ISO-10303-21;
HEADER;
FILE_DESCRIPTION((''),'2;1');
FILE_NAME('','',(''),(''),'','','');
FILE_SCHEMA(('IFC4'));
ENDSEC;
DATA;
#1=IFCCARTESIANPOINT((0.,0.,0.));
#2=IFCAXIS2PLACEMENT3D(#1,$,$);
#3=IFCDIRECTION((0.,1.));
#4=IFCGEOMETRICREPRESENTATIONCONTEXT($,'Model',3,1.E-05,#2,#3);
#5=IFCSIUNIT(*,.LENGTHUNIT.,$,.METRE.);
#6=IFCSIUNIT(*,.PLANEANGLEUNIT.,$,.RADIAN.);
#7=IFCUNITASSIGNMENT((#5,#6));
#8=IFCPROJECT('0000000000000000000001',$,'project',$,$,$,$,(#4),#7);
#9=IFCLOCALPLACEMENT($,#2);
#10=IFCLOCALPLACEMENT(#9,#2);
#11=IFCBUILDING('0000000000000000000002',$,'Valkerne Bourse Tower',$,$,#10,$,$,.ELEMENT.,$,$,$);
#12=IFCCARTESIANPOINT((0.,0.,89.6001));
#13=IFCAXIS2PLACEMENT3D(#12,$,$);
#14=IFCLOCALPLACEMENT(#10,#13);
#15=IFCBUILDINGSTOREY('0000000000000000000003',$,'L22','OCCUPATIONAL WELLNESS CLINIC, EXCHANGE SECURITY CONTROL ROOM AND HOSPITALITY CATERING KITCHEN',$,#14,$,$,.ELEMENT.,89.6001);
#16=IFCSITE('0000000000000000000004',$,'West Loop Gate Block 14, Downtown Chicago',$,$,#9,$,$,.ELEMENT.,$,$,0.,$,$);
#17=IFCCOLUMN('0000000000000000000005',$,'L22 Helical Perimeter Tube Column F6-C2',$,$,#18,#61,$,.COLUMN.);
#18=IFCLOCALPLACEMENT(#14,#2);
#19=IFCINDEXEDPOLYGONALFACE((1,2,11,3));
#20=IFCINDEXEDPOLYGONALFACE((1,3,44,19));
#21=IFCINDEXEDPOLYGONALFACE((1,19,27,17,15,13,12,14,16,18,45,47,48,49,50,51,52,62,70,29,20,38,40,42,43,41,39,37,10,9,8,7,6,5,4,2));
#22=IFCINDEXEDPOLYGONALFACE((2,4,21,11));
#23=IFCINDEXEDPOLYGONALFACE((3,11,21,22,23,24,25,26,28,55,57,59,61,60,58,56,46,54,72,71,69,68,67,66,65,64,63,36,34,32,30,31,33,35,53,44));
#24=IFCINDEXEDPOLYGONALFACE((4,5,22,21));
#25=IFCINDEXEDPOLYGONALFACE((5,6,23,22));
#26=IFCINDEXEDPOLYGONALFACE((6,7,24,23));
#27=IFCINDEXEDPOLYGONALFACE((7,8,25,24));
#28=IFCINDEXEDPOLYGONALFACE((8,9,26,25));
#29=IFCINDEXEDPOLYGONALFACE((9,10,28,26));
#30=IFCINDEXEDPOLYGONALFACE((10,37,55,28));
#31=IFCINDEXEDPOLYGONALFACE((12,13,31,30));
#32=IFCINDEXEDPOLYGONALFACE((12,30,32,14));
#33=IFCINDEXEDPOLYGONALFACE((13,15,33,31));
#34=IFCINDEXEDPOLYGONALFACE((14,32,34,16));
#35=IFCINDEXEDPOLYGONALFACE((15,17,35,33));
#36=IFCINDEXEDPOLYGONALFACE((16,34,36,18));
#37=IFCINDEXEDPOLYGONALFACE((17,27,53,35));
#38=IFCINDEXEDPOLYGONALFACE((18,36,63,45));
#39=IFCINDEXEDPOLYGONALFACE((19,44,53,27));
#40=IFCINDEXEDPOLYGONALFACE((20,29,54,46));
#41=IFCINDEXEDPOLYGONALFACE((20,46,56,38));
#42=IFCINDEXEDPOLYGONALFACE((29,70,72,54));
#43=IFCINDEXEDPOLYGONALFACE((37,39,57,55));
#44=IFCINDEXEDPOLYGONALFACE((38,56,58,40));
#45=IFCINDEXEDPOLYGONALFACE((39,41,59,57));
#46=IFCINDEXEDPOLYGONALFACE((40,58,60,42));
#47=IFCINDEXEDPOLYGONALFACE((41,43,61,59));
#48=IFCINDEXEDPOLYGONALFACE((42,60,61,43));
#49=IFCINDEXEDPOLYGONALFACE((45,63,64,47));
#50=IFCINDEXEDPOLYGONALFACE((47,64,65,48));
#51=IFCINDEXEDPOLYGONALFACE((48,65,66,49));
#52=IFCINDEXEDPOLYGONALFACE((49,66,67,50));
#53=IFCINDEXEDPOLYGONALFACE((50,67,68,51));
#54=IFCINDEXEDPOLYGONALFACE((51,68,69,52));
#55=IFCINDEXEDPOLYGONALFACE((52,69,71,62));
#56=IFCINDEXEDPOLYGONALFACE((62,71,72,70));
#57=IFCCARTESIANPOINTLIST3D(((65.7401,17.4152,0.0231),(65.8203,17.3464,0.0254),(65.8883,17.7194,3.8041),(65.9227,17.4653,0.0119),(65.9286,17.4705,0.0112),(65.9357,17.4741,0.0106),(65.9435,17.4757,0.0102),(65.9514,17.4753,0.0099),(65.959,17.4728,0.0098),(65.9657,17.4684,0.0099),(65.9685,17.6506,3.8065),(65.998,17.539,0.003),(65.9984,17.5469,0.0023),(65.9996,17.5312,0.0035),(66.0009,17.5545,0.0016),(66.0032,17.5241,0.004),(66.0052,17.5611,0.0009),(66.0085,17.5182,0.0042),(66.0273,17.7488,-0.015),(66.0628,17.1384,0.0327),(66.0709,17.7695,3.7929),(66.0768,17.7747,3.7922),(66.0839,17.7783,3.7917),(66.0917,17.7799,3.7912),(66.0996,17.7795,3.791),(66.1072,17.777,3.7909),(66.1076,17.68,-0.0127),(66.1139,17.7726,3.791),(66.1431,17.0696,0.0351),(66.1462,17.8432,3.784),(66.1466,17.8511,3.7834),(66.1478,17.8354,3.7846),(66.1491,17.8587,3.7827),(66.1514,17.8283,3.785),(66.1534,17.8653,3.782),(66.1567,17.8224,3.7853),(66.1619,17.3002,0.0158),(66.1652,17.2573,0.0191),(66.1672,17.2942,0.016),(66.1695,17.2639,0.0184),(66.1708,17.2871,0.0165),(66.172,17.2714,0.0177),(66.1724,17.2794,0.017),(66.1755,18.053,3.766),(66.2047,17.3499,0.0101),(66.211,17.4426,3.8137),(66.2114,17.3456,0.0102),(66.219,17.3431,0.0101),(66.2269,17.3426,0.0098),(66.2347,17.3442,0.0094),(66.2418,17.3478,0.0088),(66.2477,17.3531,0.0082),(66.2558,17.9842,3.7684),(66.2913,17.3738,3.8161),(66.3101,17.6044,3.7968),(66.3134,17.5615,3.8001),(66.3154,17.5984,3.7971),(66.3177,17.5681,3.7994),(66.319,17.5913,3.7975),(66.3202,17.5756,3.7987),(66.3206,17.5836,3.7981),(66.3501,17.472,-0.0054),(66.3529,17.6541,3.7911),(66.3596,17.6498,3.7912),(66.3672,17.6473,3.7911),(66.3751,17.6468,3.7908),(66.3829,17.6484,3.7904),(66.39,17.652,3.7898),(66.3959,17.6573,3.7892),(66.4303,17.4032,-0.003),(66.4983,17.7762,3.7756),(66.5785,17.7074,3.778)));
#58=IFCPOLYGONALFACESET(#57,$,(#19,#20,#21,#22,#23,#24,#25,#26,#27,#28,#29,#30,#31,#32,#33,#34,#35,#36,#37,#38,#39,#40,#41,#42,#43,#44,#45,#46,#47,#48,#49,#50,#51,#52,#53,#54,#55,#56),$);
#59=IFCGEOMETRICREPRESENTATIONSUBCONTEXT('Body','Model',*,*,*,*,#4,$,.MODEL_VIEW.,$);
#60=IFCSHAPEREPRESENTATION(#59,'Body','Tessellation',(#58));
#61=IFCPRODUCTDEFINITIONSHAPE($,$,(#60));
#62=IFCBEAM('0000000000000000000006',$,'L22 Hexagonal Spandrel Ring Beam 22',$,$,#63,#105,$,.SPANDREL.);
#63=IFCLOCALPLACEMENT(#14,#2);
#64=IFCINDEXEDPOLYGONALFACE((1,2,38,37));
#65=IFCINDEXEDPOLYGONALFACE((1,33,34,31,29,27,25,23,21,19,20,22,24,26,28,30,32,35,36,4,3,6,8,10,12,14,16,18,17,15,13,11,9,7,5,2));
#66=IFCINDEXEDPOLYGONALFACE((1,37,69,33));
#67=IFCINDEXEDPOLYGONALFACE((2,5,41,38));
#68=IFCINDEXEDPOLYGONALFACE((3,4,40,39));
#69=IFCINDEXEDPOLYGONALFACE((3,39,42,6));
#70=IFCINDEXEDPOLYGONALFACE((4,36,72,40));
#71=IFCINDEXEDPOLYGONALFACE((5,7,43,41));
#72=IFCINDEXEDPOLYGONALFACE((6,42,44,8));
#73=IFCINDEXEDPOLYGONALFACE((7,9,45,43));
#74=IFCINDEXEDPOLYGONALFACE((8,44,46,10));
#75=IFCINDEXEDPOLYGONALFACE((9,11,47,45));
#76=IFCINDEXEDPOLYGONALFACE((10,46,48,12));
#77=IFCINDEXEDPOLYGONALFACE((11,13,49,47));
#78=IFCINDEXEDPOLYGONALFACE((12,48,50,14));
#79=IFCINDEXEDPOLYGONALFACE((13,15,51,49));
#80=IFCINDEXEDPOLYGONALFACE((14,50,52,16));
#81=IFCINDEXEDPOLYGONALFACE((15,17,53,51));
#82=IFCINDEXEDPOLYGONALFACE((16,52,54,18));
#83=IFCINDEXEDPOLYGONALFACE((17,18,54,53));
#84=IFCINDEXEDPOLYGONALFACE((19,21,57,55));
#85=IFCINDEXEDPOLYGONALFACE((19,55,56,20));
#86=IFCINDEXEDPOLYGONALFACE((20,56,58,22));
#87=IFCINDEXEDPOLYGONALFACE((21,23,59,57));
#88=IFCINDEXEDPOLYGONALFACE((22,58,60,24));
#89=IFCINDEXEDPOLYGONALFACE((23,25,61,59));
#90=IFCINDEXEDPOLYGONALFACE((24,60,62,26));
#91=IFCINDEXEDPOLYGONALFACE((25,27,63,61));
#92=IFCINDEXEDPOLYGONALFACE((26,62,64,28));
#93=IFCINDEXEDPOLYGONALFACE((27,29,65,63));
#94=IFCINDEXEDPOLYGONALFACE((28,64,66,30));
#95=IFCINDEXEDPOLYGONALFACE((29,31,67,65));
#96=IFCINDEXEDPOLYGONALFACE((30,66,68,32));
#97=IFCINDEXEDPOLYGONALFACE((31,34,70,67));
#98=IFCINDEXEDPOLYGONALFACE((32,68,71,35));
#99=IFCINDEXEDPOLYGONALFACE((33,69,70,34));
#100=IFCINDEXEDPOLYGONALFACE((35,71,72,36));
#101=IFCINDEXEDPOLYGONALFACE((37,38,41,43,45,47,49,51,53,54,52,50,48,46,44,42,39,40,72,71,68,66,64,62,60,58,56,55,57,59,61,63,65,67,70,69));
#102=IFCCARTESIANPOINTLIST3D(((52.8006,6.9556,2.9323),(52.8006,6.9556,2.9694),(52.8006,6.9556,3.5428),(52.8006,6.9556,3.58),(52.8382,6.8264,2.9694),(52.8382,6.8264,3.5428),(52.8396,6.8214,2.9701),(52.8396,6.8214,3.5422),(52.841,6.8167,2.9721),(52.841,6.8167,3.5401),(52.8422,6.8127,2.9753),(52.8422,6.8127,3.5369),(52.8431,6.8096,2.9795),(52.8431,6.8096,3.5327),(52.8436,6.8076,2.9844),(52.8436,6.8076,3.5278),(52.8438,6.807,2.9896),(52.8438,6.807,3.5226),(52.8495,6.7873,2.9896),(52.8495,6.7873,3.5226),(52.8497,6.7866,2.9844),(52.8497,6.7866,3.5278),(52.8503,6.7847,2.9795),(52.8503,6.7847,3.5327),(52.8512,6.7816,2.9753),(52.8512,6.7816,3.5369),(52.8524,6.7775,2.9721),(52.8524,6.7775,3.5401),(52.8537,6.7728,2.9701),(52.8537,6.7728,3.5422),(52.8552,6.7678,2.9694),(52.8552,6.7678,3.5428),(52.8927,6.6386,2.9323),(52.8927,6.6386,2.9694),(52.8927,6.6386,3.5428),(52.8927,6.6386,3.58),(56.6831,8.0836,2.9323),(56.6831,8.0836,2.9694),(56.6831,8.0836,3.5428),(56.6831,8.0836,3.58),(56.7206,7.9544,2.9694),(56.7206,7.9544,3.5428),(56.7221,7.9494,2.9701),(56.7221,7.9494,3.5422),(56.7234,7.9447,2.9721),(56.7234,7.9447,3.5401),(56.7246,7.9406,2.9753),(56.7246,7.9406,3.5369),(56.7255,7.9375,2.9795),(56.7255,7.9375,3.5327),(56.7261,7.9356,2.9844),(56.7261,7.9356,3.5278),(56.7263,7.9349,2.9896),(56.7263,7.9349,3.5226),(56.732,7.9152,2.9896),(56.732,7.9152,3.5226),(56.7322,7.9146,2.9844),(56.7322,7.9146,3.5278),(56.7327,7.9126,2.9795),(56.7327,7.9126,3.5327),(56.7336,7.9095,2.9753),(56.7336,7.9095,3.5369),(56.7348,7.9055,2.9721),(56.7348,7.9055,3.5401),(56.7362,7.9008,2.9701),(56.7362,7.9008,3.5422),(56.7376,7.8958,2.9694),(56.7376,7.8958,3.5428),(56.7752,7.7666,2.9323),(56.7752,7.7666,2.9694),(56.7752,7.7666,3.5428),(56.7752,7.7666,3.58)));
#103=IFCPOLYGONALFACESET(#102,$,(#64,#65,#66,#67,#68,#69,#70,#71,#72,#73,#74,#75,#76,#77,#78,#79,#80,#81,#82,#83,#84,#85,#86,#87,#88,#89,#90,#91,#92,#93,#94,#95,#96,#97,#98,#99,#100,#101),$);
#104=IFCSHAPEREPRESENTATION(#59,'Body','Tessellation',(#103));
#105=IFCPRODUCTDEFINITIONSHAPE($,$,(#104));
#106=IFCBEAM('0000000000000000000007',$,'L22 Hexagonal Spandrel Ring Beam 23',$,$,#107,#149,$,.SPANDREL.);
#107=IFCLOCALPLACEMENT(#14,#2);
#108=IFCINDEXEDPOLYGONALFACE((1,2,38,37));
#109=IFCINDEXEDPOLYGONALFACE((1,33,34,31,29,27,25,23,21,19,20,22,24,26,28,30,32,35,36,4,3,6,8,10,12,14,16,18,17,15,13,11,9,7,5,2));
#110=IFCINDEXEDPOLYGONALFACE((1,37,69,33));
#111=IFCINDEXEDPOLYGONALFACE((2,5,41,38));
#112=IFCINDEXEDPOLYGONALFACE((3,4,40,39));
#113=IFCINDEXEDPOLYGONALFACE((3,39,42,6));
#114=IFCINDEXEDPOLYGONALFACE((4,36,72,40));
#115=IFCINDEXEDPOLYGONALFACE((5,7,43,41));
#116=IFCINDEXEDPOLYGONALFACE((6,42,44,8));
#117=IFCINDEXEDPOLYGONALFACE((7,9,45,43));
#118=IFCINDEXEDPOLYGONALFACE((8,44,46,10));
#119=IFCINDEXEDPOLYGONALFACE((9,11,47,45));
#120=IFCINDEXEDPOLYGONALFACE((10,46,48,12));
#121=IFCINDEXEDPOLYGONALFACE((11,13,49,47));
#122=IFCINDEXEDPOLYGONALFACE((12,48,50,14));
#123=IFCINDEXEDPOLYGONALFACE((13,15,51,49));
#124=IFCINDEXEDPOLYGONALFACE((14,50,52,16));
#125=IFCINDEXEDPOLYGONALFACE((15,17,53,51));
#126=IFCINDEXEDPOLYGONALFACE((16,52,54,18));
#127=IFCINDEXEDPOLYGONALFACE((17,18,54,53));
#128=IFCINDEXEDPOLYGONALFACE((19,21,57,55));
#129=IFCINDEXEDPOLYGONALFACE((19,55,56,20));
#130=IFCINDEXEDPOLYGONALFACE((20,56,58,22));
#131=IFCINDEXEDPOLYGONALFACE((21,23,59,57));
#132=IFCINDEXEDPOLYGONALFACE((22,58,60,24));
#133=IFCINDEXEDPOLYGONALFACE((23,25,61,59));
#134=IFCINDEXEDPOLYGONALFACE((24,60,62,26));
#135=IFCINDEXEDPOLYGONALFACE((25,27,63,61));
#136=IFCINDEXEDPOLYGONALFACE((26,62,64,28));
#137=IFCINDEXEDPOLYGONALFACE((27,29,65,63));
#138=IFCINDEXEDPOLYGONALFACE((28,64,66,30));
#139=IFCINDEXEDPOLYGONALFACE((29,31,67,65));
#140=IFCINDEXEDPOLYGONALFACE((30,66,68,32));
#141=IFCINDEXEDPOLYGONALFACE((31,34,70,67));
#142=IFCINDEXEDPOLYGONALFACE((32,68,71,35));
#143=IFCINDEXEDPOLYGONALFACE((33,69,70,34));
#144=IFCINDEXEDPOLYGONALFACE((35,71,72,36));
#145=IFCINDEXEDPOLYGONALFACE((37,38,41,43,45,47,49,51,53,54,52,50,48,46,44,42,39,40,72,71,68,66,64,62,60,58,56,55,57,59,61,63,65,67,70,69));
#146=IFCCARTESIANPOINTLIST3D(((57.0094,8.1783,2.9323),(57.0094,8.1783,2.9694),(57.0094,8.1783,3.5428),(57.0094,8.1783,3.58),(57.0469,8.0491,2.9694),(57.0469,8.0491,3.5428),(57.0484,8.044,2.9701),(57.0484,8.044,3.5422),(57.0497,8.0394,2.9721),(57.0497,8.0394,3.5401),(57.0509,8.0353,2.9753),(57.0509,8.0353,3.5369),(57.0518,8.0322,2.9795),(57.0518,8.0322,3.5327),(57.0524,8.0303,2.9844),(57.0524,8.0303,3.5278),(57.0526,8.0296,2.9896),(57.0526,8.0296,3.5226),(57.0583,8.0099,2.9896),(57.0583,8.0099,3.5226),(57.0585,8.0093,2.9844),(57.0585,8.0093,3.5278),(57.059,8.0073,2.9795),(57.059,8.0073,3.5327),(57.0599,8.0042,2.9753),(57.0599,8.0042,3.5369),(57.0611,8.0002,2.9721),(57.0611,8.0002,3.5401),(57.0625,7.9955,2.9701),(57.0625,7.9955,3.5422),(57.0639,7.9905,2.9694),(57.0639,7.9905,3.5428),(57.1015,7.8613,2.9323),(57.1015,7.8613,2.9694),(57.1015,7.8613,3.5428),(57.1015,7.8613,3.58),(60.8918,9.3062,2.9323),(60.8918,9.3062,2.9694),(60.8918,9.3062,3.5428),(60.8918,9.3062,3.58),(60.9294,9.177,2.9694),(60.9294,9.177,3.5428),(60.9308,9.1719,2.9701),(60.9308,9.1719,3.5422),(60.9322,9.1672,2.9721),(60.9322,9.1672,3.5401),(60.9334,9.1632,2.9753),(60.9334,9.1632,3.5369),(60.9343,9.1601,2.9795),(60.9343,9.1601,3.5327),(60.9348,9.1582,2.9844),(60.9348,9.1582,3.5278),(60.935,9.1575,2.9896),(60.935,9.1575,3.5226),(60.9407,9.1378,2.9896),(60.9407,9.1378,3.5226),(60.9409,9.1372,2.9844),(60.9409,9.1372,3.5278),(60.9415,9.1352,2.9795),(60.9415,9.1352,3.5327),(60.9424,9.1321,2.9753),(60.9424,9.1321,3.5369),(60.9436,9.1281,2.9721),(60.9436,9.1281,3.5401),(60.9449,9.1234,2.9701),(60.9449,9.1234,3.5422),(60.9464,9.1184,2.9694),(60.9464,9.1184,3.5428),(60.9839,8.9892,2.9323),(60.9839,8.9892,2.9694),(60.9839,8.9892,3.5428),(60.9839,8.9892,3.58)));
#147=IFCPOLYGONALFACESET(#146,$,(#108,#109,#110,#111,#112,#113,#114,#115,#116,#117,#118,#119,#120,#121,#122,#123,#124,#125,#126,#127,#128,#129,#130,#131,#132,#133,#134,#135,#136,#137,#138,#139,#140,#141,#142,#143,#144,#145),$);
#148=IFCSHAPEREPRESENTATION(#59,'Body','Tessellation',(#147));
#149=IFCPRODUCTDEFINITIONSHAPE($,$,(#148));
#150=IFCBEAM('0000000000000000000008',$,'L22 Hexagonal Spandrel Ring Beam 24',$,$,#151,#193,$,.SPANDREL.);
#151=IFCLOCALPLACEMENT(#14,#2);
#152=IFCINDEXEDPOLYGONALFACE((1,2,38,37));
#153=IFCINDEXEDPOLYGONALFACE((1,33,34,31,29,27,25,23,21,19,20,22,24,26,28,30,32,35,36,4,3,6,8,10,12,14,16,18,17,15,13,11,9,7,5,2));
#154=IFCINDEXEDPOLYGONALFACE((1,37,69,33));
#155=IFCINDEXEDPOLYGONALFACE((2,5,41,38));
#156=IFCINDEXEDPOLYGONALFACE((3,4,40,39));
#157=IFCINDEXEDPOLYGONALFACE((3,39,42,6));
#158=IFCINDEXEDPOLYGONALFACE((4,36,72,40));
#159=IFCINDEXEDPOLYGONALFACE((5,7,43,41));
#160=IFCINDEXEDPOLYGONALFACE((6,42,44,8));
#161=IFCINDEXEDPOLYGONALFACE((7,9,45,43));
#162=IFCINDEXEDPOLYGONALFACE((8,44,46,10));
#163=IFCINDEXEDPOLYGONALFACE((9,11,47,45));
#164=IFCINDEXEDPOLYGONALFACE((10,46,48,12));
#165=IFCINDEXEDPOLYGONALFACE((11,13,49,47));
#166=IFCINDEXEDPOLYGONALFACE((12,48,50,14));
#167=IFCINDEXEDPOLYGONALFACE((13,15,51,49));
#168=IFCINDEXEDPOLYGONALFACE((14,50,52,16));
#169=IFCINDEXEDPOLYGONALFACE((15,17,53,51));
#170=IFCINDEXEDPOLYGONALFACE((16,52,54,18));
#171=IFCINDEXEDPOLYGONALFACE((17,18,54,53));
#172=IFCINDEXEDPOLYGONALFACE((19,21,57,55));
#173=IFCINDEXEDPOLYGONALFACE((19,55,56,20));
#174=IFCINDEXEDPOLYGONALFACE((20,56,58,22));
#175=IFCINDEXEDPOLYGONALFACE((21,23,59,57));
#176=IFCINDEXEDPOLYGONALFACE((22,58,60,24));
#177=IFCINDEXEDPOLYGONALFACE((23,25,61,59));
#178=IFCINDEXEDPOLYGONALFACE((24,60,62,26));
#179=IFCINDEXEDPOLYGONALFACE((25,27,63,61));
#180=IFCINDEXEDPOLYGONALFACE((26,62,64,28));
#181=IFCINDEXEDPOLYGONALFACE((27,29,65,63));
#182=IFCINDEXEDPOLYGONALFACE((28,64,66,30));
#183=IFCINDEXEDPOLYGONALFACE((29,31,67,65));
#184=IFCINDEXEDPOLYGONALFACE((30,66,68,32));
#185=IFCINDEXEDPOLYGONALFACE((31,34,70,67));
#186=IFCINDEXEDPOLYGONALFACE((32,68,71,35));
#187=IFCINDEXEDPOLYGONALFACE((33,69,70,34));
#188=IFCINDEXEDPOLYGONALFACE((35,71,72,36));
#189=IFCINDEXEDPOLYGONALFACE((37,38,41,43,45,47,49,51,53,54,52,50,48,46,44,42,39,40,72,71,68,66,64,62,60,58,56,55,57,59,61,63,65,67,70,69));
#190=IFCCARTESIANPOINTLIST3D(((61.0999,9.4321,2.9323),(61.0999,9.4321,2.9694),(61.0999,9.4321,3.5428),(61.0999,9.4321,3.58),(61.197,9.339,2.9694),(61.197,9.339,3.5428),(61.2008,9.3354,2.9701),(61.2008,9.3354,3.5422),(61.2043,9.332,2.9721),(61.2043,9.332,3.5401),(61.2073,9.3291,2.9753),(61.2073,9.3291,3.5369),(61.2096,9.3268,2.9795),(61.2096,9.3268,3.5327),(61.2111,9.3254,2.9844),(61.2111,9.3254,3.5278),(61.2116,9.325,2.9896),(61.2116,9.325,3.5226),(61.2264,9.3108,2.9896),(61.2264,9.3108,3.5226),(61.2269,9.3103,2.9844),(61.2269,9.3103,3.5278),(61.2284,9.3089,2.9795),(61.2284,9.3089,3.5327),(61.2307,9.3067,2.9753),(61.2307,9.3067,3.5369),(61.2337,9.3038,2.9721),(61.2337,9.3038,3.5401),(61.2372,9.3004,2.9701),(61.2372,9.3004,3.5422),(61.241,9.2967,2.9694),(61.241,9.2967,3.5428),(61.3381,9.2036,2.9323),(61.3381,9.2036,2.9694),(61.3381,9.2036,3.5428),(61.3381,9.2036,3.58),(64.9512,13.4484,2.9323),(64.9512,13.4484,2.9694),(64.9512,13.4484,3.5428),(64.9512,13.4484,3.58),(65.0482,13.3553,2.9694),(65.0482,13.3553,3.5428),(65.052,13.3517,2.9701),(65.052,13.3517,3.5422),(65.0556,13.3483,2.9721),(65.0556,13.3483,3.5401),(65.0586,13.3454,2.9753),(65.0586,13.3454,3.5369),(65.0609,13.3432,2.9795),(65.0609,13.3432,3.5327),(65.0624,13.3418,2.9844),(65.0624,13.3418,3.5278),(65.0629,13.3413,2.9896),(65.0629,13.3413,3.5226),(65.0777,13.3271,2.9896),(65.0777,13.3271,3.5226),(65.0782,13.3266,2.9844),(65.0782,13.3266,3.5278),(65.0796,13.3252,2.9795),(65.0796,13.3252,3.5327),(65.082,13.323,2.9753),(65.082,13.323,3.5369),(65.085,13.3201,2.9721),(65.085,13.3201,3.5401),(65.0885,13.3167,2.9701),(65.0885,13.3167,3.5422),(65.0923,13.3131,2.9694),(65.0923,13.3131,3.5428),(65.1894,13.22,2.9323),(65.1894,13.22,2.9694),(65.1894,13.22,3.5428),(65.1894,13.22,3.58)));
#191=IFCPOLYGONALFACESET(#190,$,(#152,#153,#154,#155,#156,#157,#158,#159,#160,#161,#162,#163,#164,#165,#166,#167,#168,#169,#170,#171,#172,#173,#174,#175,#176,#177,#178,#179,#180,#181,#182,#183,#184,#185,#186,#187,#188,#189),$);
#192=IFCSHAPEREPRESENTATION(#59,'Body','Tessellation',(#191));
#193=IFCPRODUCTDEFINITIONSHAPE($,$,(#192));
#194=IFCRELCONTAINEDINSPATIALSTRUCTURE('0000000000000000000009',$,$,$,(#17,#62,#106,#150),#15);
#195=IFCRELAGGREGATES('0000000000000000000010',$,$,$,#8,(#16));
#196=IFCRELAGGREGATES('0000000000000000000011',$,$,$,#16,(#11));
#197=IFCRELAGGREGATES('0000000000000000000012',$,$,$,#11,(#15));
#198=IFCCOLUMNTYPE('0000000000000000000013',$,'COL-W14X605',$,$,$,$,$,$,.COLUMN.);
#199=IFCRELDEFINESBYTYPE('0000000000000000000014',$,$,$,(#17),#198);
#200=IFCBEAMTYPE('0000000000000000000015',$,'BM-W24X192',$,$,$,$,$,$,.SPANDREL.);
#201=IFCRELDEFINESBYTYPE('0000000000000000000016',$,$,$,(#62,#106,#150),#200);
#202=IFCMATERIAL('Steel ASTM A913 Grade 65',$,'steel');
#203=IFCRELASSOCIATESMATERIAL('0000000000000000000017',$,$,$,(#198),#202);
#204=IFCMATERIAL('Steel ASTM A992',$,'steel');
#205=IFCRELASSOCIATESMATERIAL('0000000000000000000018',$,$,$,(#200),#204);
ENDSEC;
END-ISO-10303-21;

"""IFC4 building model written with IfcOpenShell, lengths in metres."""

from ifc_helpers import new_model, si_unit, direction, frame, origin, origin_2d, place, context, subcontext, project, spatial, i_section, extrude, material, material_profile, profile_set, type_object, element, save


model = new_model("IFC4")

# Units and contexts
model_context = context("Model", 3, precision=1e-05, world=origin(), true_north=direction((0.0, 1.0)))
body_context = subcontext(model_context, "Body", "Model", "MODEL_VIEW")
ifc_project = project(units=[si_unit("LENGTHUNIT", "METRE"), si_unit("PLANEANGLEUNIT", "RADIAN")], contexts=[model_context])

# Site, building, storey
site_placement = place(None, origin())
site = spatial("IfcSite", under=ifc_project, at=site_placement, Name="West Loop Gate Block 14, Downtown Chicago", CompositionType="ELEMENT", RefElevation=0.0)
building_placement = place(site_placement, origin())
building = spatial("IfcBuilding", under=site, at=building_placement, Name="Valkerne Bourse Tower", CompositionType="ELEMENT")
storey_placement = place(building_placement, frame((0.0, 0.0, 89.6001)))
storey = spatial("IfcBuildingStorey", under=building, at=storey_placement, Name="L22", Description="OCCUPATIONAL WELLNESS CLINIC, EXCHANGE SECURITY CONTROL ROOM AND HOSPITALITY CATERING KITCHEN", CompositionType="ELEMENT", Elevation=89.6001)

# Column
ifc_material_1 = material(Name="Steel ASTM A913 Grade 65", Category="steel")
ifc_material_profile_1 = material_profile(ifc_material_1, i_section(OverallWidth=0.4419, OverallDepth=0.531, WebThickness=0.0659, FlangeThickness=0.1057, FilletRadius=0.0305, at=origin_2d()), Name="W14X605")
ifc_profile_set_1 = profile_set([ifc_material_profile_1], Name="Steel ASTM A913 Grade 65")
column_type = type_object("IfcColumnType", Name="COL-W14X605", PredefinedType="COLUMN", material=ifc_profile_set_1)
column_1_placement = place(storey_placement, frame((66.0852, 17.4092, 0.01), z_axis=(0.039038, 0.080134, 0.996019), x_axis=(-0.650061, -0.754975, 0.08622)))
element("IfcColumn", 1, at=column_1_placement, inside=storey, type_object=column_type, Name="L22 Helical Perimeter Tube Column F6-C2", PredefinedType="COLUMN", context=body_context, shape_type="SweptSolid", body=[
    extrude(i_section(OverallWidth=0.4419, OverallDepth=0.531, WebThickness=0.0659, FlangeThickness=0.1057, FilletRadius=0.0305, at=origin_2d()), origin(), (0.0, 0.0, 1.0), 3.7961),
])

# Beams
ifc_material_2 = material(Name="Steel ASTM A992", Category="steel")
ifc_material_profile_2 = material_profile(ifc_material_2, i_section(OverallWidth=0.3301, OverallDepth=0.6477, WebThickness=0.0205, FlangeThickness=0.0371, FilletRadius=0.0203, at=origin_2d()), Name="W24X192")
ifc_profile_set_2 = profile_set([ifc_material_profile_2], Name="Steel ASTM A992")
beam_type = type_object("IfcBeamType", Name="BM-W24X192", PredefinedType="SPANDREL", material=ifc_profile_set_2)
for number, where, z_axis, x_axis, name in (
    (2, (52.8467, 6.7971, 3.2561), (0.960293, 0.278993, 0.0), (-0.278993, 0.960293, 0.0), "L22 Hexagonal Spandrel Ring Beam 22"),
    (3, (57.0554, 8.0198, 3.2561), (0.960298, 0.278977, 0.0), (-0.278977, 0.960298, 0.0), "L22 Hexagonal Spandrel Ring Beam 23"),
):
    element("IfcBeam", number, at=place(storey_placement, frame(where, z_axis=z_axis, x_axis=x_axis)), inside=storey, type_object=beam_type, Name=name, PredefinedType="SPANDREL", context=body_context, shape_type="SweptSolid", body=[
        extrude(i_section(OverallWidth=0.3301, OverallDepth=0.6477, WebThickness=0.0205, FlangeThickness=0.0371, FilletRadius=0.0203, at=origin_2d()), origin(), (0.0, 0.0, 1.0), 4.043),
    ])
beam_placement = place(storey_placement, frame((61.219, 9.3179, 3.2561), z_axis=(0.692122, 0.721781, 0.0), x_axis=(-0.721781, 0.692122, 0.0)))
element("IfcBeam", 4, at=beam_placement, inside=storey, type_object=beam_type, Name="L22 Hexagonal Spandrel Ring Beam 24", PredefinedType="SPANDREL", context=body_context, shape_type="SweptSolid", body=[
    extrude(i_section(OverallWidth=0.3301, OverallDepth=0.6477, WebThickness=0.0205, FlangeThickness=0.0371, FilletRadius=0.0203, at=origin_2d()), origin(), (0.0, 0.0, 1.0), 5.5645),
])

save(model, "model.ifc")
